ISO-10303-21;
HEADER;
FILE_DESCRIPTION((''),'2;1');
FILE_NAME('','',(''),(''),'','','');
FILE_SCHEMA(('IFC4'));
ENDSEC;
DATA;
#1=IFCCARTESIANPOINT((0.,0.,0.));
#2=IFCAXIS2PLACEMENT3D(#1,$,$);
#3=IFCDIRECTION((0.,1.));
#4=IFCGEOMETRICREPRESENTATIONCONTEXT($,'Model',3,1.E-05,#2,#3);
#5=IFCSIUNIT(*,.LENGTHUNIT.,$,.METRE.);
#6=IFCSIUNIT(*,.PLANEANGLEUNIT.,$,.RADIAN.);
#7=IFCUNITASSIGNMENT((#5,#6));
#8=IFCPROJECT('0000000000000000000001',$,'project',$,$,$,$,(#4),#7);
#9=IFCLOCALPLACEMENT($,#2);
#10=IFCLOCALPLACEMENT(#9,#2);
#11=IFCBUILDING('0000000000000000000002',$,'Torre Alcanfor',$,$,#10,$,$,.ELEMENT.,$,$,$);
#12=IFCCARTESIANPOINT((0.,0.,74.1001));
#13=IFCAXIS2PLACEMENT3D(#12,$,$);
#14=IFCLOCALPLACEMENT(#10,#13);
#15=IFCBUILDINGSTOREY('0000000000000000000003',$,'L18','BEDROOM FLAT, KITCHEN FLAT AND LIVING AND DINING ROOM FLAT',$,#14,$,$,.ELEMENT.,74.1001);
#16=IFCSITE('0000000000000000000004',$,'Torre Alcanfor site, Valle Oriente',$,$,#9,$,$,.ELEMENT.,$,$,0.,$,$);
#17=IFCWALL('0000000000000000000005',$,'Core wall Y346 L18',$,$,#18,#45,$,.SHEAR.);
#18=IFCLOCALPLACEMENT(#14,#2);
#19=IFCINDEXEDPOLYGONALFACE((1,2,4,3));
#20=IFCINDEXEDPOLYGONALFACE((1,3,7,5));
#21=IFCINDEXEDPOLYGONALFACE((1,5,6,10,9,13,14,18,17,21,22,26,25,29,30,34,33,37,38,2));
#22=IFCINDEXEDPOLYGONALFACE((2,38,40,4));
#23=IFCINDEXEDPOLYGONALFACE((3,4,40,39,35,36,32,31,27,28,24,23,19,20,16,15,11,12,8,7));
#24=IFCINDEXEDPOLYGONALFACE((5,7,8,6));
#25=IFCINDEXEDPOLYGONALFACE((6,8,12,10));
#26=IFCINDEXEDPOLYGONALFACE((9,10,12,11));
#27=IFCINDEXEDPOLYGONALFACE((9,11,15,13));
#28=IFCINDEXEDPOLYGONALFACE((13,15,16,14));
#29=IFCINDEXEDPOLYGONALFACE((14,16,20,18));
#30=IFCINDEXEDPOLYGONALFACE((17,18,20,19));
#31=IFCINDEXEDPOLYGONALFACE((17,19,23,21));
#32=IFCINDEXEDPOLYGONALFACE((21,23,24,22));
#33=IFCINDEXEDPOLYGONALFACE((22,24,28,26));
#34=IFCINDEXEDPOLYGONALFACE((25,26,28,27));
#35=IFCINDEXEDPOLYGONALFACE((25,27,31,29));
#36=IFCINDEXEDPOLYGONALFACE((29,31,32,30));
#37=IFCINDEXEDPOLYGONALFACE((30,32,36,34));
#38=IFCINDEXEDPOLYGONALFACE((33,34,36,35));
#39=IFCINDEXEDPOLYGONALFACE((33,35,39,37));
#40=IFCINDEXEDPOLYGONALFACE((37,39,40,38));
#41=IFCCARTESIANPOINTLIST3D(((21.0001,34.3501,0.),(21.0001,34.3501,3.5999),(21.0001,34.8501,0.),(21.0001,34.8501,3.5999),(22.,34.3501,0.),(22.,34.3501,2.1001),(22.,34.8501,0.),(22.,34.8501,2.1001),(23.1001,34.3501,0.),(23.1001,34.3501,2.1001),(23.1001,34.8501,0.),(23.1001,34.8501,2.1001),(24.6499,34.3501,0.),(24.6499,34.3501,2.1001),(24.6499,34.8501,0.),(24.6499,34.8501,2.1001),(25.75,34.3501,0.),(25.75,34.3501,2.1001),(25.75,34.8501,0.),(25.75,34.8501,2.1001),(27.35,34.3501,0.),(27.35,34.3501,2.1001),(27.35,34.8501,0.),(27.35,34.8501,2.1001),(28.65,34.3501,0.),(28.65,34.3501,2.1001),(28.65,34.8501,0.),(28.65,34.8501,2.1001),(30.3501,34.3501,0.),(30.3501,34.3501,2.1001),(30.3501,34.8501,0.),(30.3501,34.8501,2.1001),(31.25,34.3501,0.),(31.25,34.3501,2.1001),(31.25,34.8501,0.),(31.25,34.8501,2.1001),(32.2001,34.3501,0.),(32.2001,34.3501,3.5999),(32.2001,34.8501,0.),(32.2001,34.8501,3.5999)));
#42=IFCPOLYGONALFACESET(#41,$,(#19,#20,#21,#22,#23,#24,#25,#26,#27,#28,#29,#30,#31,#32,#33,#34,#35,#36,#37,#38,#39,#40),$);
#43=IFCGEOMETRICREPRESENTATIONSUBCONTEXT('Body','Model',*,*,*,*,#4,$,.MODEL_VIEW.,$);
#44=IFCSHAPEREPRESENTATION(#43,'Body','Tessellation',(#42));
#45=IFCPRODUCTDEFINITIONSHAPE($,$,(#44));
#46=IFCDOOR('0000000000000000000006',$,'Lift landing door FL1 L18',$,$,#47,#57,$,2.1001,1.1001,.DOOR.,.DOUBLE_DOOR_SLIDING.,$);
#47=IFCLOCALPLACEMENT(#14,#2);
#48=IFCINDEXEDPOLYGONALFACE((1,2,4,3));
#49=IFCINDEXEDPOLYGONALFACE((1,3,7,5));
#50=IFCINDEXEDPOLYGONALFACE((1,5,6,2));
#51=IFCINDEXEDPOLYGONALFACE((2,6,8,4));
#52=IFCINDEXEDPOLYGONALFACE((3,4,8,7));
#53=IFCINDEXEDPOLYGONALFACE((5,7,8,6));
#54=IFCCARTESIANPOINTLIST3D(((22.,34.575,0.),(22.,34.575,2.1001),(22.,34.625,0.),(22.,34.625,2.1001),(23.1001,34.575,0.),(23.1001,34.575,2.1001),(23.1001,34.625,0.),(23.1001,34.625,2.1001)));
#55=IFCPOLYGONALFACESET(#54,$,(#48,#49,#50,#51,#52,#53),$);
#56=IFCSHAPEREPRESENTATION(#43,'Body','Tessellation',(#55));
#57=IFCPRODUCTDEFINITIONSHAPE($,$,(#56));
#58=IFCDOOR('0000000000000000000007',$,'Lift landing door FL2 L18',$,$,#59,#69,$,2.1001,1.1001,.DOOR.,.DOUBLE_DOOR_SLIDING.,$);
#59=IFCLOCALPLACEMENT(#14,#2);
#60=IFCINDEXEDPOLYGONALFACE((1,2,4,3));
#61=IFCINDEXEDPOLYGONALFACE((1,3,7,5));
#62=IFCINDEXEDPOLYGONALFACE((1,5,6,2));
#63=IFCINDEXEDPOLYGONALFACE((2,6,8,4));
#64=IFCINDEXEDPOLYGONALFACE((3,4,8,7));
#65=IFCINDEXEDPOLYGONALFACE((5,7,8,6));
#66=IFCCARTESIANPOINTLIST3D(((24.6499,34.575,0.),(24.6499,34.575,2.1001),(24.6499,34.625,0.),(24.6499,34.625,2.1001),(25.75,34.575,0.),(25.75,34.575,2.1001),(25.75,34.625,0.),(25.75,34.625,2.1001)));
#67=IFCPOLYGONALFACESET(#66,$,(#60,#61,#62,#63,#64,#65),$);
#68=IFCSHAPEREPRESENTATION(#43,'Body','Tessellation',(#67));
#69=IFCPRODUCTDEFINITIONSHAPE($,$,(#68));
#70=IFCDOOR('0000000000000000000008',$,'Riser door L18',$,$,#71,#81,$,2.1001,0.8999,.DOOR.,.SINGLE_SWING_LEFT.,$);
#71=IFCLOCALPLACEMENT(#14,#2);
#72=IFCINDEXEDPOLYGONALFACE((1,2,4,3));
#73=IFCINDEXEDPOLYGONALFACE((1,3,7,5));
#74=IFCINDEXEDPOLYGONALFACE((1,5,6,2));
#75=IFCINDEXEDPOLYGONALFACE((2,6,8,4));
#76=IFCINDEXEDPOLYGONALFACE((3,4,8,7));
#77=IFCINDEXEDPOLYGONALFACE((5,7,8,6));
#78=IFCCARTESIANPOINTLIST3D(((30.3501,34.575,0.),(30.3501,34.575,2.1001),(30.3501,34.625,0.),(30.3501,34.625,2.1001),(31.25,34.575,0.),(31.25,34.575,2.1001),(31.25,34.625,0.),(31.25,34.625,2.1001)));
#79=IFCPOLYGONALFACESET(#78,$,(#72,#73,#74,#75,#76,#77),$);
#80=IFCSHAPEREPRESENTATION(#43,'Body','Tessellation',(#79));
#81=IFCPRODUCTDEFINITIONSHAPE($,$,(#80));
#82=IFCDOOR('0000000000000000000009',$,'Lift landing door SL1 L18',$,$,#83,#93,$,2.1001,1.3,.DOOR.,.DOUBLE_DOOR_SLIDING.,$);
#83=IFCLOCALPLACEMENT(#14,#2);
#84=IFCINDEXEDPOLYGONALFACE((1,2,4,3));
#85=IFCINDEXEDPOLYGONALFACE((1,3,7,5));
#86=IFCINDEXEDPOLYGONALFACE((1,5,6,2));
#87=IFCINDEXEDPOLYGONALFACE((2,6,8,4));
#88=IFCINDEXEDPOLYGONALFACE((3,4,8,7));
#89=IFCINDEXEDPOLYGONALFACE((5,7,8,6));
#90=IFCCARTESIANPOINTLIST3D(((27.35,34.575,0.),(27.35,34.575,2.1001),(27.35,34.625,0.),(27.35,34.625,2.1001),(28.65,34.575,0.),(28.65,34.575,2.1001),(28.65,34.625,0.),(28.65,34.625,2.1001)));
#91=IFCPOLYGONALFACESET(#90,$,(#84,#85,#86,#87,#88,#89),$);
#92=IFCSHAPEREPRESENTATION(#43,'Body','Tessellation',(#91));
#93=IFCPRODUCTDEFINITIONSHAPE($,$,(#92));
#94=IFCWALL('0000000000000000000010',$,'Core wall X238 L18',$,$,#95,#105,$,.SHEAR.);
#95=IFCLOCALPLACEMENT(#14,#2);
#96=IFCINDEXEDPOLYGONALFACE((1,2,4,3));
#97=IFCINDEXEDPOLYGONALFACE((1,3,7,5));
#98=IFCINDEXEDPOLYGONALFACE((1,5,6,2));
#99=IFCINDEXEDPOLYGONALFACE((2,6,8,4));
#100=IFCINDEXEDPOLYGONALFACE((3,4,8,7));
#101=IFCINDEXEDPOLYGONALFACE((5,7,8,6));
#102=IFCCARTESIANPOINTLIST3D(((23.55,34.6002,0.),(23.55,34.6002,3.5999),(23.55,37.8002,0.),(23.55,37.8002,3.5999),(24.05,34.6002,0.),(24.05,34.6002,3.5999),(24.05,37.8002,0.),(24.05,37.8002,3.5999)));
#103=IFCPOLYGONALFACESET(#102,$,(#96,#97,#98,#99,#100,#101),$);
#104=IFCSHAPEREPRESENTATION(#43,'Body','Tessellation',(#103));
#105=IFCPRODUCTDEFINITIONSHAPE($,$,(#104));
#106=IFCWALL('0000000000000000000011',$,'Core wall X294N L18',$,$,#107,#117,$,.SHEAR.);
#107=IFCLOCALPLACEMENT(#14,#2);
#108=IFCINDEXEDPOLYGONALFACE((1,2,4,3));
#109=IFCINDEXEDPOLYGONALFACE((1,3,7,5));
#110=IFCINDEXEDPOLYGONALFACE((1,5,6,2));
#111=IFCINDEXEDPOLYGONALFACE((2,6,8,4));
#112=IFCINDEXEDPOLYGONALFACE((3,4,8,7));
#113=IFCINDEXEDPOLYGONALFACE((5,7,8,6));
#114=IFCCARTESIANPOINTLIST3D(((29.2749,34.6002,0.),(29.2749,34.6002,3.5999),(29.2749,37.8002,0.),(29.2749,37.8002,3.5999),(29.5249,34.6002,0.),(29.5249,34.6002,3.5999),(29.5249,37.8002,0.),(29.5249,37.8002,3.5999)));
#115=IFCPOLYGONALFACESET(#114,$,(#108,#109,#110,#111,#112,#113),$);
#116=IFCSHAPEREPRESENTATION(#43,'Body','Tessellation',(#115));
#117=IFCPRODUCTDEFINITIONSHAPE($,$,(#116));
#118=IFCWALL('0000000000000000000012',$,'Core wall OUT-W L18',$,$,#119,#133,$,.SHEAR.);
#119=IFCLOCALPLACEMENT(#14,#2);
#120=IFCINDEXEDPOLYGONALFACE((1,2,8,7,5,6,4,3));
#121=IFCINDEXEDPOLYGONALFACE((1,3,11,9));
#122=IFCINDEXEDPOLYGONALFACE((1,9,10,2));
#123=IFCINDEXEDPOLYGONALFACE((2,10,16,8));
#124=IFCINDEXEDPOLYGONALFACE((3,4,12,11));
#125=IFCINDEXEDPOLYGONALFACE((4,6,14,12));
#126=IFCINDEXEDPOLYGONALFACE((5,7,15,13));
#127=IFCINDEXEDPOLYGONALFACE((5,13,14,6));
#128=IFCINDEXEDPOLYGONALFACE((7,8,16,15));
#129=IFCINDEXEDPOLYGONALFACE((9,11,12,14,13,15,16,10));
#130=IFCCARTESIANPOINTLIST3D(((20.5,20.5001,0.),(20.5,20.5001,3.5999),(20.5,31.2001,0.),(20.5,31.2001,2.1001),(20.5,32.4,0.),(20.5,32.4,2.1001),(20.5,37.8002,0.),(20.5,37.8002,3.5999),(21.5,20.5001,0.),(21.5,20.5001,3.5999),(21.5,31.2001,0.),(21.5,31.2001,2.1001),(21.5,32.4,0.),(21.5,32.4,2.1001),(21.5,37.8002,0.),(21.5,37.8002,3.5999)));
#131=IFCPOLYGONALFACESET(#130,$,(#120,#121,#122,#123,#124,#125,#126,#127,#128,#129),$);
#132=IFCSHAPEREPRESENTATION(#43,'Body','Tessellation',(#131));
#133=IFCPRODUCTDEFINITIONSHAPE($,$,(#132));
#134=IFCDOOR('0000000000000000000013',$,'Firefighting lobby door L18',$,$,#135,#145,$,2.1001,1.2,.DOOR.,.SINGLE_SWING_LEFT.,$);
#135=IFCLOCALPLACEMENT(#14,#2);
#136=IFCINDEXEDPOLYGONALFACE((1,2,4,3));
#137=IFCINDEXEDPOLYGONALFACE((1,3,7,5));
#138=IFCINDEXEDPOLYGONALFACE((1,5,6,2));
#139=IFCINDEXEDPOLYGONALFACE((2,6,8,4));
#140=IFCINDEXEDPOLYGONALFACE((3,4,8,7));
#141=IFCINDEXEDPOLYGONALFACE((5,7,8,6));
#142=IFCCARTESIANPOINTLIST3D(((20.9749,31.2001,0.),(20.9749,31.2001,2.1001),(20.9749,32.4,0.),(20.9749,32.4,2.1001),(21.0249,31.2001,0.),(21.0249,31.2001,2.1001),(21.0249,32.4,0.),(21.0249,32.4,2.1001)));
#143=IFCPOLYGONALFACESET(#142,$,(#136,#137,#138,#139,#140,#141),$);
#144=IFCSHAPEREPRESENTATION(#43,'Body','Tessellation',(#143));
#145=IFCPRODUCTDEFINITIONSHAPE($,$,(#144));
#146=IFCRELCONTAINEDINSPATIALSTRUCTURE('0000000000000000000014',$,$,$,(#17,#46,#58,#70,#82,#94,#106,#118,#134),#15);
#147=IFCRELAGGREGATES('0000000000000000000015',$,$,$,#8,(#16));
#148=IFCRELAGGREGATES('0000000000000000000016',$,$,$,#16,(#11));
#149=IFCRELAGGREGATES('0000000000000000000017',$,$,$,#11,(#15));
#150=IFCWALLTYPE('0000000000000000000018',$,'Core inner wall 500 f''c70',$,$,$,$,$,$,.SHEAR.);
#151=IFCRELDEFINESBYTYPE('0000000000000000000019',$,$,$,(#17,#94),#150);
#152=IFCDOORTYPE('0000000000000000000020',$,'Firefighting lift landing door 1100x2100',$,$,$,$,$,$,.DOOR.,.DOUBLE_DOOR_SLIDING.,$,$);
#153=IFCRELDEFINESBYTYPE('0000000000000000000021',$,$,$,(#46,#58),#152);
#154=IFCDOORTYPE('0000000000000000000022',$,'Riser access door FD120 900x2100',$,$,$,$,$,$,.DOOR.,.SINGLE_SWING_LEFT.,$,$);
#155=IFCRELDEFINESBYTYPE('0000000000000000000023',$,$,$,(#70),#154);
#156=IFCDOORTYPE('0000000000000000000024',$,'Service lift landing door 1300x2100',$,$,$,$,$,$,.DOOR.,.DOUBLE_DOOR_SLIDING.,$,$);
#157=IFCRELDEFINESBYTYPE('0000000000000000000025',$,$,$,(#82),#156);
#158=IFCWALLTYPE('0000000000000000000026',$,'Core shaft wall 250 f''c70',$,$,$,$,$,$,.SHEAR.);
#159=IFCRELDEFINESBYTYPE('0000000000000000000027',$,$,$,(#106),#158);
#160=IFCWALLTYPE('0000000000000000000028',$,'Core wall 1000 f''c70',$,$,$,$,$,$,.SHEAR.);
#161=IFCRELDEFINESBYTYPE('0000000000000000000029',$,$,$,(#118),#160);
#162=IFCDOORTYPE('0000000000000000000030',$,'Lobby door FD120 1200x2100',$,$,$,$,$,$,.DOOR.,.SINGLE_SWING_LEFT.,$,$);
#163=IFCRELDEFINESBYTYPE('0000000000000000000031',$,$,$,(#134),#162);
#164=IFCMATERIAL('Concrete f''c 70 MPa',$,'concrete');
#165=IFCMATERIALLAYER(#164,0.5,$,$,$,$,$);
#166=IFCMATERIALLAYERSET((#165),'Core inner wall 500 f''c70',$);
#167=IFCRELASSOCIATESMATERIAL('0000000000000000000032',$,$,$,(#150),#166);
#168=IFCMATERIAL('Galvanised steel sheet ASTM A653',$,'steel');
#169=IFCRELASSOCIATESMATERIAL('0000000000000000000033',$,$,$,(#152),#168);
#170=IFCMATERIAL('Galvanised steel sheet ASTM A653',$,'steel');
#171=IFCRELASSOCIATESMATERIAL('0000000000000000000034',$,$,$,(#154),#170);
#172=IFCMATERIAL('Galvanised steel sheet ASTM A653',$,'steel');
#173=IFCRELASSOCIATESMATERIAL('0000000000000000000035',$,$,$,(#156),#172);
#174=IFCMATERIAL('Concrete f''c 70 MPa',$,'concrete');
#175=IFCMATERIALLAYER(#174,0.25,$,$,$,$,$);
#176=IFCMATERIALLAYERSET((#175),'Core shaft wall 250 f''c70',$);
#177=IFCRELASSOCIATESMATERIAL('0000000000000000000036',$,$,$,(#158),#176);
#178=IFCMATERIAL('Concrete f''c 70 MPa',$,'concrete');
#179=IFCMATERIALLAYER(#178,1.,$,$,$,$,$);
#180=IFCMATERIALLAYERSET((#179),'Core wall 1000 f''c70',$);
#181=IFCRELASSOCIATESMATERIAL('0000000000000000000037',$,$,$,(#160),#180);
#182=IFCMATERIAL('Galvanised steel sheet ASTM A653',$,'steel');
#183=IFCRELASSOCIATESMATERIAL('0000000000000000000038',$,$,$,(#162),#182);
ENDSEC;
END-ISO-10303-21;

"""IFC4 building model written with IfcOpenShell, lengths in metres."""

from ifc_helpers import new_model, si_unit, direction, frame, frame_2d, origin, place, context, subcontext, project, spatial, rectangle, extrude, material, layer, layer_set, type_object, element, fill, save


model = new_model("IFC4")

# Units and contexts
model_context = context("Model", 3, precision=1e-05, world=origin(), true_north=direction((0.0, 1.0)))
body_context = subcontext(model_context, "Body", "Model", "MODEL_VIEW")
ifc_project = project(units=[si_unit("LENGTHUNIT", "METRE"), si_unit("PLANEANGLEUNIT", "RADIAN")], contexts=[model_context])

# Site, building, storey
site_placement = place(None, origin())
site = spatial("IfcSite", under=ifc_project, at=site_placement, Name="Torre Alcanfor site, Valle Oriente", CompositionType="ELEMENT", RefElevation=0.0)
building_placement = place(site_placement, origin())
building = spatial("IfcBuilding", under=site, at=building_placement, Name="Torre Alcanfor", CompositionType="ELEMENT")
storey_placement = place(building_placement, frame((0.0, 0.0, 74.1001)))
storey = spatial("IfcBuildingStorey", under=building, at=storey_placement, Name="L18", Description="BEDROOM FLAT, KITCHEN FLAT AND LIVING AND DINING ROOM FLAT", CompositionType="ELEMENT", Elevation=74.1001)

# Shared definitions
ifc_material_1 = material(Name="Concrete f'c 70 MPa", Category="concrete")
ifc_layer_1 = layer(ifc_material_1, 0.5)
ifc_layer_set_1 = layer_set([ifc_layer_1], Name="Core inner wall 500 f'c70")
wall_type_1 = type_object("IfcWallType", Name="Core inner wall 500 f'c70", PredefinedType="SHEAR", material=ifc_layer_set_1)

# Wall, openings, doors
wall_1_placement = place(storey_placement, frame((21.0, 34.6001, 0.0), z_axis=(0.0, 0.0, 1.0), x_axis=(1.0, 0.0, 0.0)))
wall_1 = element("IfcWall", 1, at=wall_1_placement, inside=storey, type_object=wall_type_1, Name="Core wall Y346 L18", PredefinedType="SHEAR", context=body_context, shape_type="SweptSolid", body=[
    extrude(rectangle(XDim=11.2, YDim=0.5, at=frame_2d((5.6001, 0.0))), origin(), (0.0, 0.0, 1.0), 3.5999),
])
opening_1_placement = place(wall_1_placement, frame((9.3501, 0.0, 0.0)))
opening_1 = element("IfcOpeningElement", 2, at=opening_1_placement, cuts=wall_1, PredefinedType="OPENING", context=body_context, shape_type="SweptSolid", body=[
    extrude(rectangle(XDim=0.8999, YDim=2.1001, at=frame_2d((0.45, 1.05))), frame((0.0, 0.26, 0.0), z_axis=(0.0, -1.0, 0.0), x_axis=(1.0, 0.0, 0.0)), (0.0, 0.0, 1.0), 0.52),
])
opening_2_placement = place(wall_1_placement, frame((1.0, 0.0, 0.0)))
opening_2 = element("IfcOpeningElement", 3, at=opening_2_placement, cuts=wall_1, PredefinedType="OPENING", context=body_context, shape_type="SweptSolid", body=[
    extrude(rectangle(XDim=1.1001, YDim=2.1001, at=frame_2d((0.55, 1.05))), frame((0.0, 0.26, 0.0), z_axis=(0.0, -1.0, 0.0), x_axis=(1.0, 0.0, 0.0)), (0.0, 0.0, 1.0), 0.52),
])
opening_3_placement = place(wall_1_placement, frame((3.6499, 0.0, 0.0)))
opening_3 = element("IfcOpeningElement", 4, at=opening_3_placement, cuts=wall_1, PredefinedType="OPENING", context=body_context, shape_type="SweptSolid", body=[
    extrude(rectangle(XDim=1.1001, YDim=2.1001, at=frame_2d((0.55, 1.05))), frame((0.0, 0.26, 0.0), z_axis=(0.0, -1.0, 0.0), x_axis=(1.0, 0.0, 0.0)), (0.0, 0.0, 1.0), 0.52),
])
opening_4_placement = place(wall_1_placement, frame((6.3501, 0.0, 0.0)))
opening_4 = element("IfcOpeningElement", 5, at=opening_4_placement, cuts=wall_1, PredefinedType="OPENING", context=body_context, shape_type="SweptSolid", body=[
    extrude(rectangle(XDim=1.3, YDim=2.1001, at=frame_2d((0.6499, 1.05))), frame((0.0, 0.26, 0.0), z_axis=(0.0, -1.0, 0.0), x_axis=(1.0, 0.0, 0.0)), (0.0, 0.0, 1.0), 0.52),
])
ifc_material_2 = material(Name="Galvanised steel sheet ASTM A653", Category="steel")
door_type_1 = type_object("IfcDoorType", Name="Firefighting lift landing door 1100x2100", OperationType="DOUBLE_DOOR_SLIDING", PredefinedType="DOOR", material=ifc_material_2)
door_1_placement = place(opening_2_placement, origin())
door_1 = element("IfcDoor", 6, at=door_1_placement, inside=storey, type_object=door_type_1, Name="Lift landing door FL1 L18", OperationType="DOUBLE_DOOR_SLIDING", OverallHeight=2.1001, OverallWidth=1.1001, PredefinedType="DOOR", context=body_context, shape_type="SweptSolid", body=[
    extrude(rectangle(XDim=1.1001, YDim=2.1001, at=frame_2d((0.55, 1.05))), frame((0.0, 0.0249, 0.0), z_axis=(0.0, -1.0, 0.0), x_axis=(1.0, 0.0, 0.0)), (0.0, 0.0, 1.0), 0.05),
])
fill(opening_2, door_1)
door_2_placement = place(opening_3_placement, origin())
door_2 = element("IfcDoor", 7, at=door_2_placement, inside=storey, type_object=door_type_1, Name="Lift landing door FL2 L18", OperationType="DOUBLE_DOOR_SLIDING", OverallHeight=2.1001, OverallWidth=1.1001, PredefinedType="DOOR", context=body_context, shape_type="SweptSolid", body=[
    extrude(rectangle(XDim=1.1001, YDim=2.1001, at=frame_2d((0.55, 1.05))), frame((0.0, 0.0249, 0.0), z_axis=(0.0, -1.0, 0.0), x_axis=(1.0, 0.0, 0.0)), (0.0, 0.0, 1.0), 0.05),
])
fill(opening_3, door_2)
ifc_material_3 = material(Name="Galvanised steel sheet ASTM A653", Category="steel")
door_type_2 = type_object("IfcDoorType", Name="Riser access door FD120 900x2100", OperationType="SINGLE_SWING_LEFT", PredefinedType="DOOR", material=ifc_material_3)
door_3_placement = place(opening_1_placement, origin())
door_3 = element("IfcDoor", 8, at=door_3_placement, inside=storey, type_object=door_type_2, Name="Riser door L18", OperationType="SINGLE_SWING_LEFT", OverallHeight=2.1001, OverallWidth=0.8999, PredefinedType="DOOR", context=body_context, shape_type="SweptSolid", body=[
    extrude(rectangle(XDim=0.8999, YDim=2.1001, at=frame_2d((0.45, 1.05))), frame((0.0, 0.0249, 0.0), z_axis=(0.0, -1.0, 0.0), x_axis=(1.0, 0.0, 0.0)), (0.0, 0.0, 1.0), 0.05),
])
fill(opening_1, door_3)
ifc_material_4 = material(Name="Galvanised steel sheet ASTM A653", Category="steel")
door_type_3 = type_object("IfcDoorType", Name="Service lift landing door 1300x2100", OperationType="DOUBLE_DOOR_SLIDING", PredefinedType="DOOR", material=ifc_material_4)
door_4_placement = place(opening_4_placement, origin())
door_4 = element("IfcDoor", 9, at=door_4_placement, inside=storey, type_object=door_type_3, Name="Lift landing door SL1 L18", OperationType="DOUBLE_DOOR_SLIDING", OverallHeight=2.1001, OverallWidth=1.3, PredefinedType="DOOR", context=body_context, shape_type="SweptSolid", body=[
    extrude(rectangle(XDim=1.3, YDim=2.1001, at=frame_2d((0.6499, 1.05))), frame((0.0, 0.0249, 0.0), z_axis=(0.0, -1.0, 0.0), x_axis=(1.0, 0.0, 0.0)), (0.0, 0.0, 1.0), 0.05),
])
fill(opening_4, door_4)

# Walls
wall_2_placement = place(storey_placement, frame((23.8, 34.6001, 0.0), z_axis=(0.0, 0.0, 1.0), x_axis=(0.0, 1.0, 0.0)))
element("IfcWall", 10, at=wall_2_placement, inside=storey, type_object=wall_type_1, Name="Core wall X238 L18", PredefinedType="SHEAR", context=body_context, shape_type="SweptSolid", body=[
    extrude(rectangle(XDim=3.2, YDim=0.5, at=frame_2d((1.6001, 0.0))), origin(), (0.0, 0.0, 1.0), 3.5999),
])
ifc_material_5 = material(Name="Concrete f'c 70 MPa", Category="concrete")
ifc_layer_2 = layer(ifc_material_5, 0.25)
ifc_layer_set_2 = layer_set([ifc_layer_2], Name="Core shaft wall 250 f'c70")
wall_type_2 = type_object("IfcWallType", Name="Core shaft wall 250 f'c70", PredefinedType="SHEAR", material=ifc_layer_set_2)
wall_3_placement = place(storey_placement, frame((29.3999, 34.6001, 0.0), z_axis=(0.0, 0.0, 1.0), x_axis=(0.0, 1.0, 0.0)))
element("IfcWall", 11, at=wall_3_placement, inside=storey, type_object=wall_type_2, Name="Core wall X294N L18", PredefinedType="SHEAR", context=body_context, shape_type="SweptSolid", body=[
    extrude(rectangle(XDim=3.2, YDim=0.25, at=frame_2d((1.6001, 0.0))), origin(), (0.0, 0.0, 1.0), 3.5999),
])

# Wall, opening, door
ifc_material_6 = material(Name="Concrete f'c 70 MPa", Category="concrete")
ifc_layer_3 = layer(ifc_material_6, 1.0)
ifc_layer_set_3 = layer_set([ifc_layer_3], Name="Core wall 1000 f'c70")
wall_type_3 = type_object("IfcWallType", Name="Core wall 1000 f'c70", PredefinedType="SHEAR", material=ifc_layer_set_3)
wall_4_placement = place(storey_placement, frame((21.0, 37.8, 0.0), z_axis=(0.0, 0.0, 1.0), x_axis=(0.0, -1.0, 0.0)))
wall_4 = element("IfcWall", 12, at=wall_4_placement, inside=storey, type_object=wall_type_3, Name="Core wall OUT-W L18", PredefinedType="SHEAR", context=body_context, shape_type="SweptSolid", body=[
    extrude(rectangle(XDim=17.3, YDim=1.0, at=frame_2d((8.6499, 0.0))), origin(), (0.0, 0.0, 1.0), 3.5999),
])
opening_5_placement = place(wall_4_placement, frame((5.3999, 0.0, 0.0)))
opening_5 = element("IfcOpeningElement", 13, at=opening_5_placement, cuts=wall_4, PredefinedType="OPENING", context=body_context, shape_type="SweptSolid", body=[
    extrude(rectangle(XDim=1.2, YDim=2.1001, at=frame_2d((0.6001, 1.05))), frame((0.0, 0.51, 0.0), z_axis=(0.0, -1.0, 0.0), x_axis=(1.0, 0.0, 0.0)), (0.0, 0.0, 1.0), 1.02),
])
ifc_material_7 = material(Name="Galvanised steel sheet ASTM A653", Category="steel")
door_type_4 = type_object("IfcDoorType", Name="Lobby door FD120 1200x2100", OperationType="SINGLE_SWING_LEFT", PredefinedType="DOOR", material=ifc_material_7)
door_5_placement = place(opening_5_placement, origin())
door_5 = element("IfcDoor", 14, at=door_5_placement, inside=storey, type_object=door_type_4, Name="Firefighting lobby door L18", OperationType="SINGLE_SWING_LEFT", OverallHeight=2.1001, OverallWidth=1.2, PredefinedType="DOOR", context=body_context, shape_type="SweptSolid", body=[
    extrude(rectangle(XDim=1.2, YDim=2.1001, at=frame_2d((0.6001, 1.05))), frame((0.0, 0.0249, 0.0), z_axis=(0.0, -1.0, 0.0), x_axis=(1.0, 0.0, 0.0)), (0.0, 0.0, 1.0), 0.05),
])
fill(opening_5, door_5)

save(model, "model.ifc")
